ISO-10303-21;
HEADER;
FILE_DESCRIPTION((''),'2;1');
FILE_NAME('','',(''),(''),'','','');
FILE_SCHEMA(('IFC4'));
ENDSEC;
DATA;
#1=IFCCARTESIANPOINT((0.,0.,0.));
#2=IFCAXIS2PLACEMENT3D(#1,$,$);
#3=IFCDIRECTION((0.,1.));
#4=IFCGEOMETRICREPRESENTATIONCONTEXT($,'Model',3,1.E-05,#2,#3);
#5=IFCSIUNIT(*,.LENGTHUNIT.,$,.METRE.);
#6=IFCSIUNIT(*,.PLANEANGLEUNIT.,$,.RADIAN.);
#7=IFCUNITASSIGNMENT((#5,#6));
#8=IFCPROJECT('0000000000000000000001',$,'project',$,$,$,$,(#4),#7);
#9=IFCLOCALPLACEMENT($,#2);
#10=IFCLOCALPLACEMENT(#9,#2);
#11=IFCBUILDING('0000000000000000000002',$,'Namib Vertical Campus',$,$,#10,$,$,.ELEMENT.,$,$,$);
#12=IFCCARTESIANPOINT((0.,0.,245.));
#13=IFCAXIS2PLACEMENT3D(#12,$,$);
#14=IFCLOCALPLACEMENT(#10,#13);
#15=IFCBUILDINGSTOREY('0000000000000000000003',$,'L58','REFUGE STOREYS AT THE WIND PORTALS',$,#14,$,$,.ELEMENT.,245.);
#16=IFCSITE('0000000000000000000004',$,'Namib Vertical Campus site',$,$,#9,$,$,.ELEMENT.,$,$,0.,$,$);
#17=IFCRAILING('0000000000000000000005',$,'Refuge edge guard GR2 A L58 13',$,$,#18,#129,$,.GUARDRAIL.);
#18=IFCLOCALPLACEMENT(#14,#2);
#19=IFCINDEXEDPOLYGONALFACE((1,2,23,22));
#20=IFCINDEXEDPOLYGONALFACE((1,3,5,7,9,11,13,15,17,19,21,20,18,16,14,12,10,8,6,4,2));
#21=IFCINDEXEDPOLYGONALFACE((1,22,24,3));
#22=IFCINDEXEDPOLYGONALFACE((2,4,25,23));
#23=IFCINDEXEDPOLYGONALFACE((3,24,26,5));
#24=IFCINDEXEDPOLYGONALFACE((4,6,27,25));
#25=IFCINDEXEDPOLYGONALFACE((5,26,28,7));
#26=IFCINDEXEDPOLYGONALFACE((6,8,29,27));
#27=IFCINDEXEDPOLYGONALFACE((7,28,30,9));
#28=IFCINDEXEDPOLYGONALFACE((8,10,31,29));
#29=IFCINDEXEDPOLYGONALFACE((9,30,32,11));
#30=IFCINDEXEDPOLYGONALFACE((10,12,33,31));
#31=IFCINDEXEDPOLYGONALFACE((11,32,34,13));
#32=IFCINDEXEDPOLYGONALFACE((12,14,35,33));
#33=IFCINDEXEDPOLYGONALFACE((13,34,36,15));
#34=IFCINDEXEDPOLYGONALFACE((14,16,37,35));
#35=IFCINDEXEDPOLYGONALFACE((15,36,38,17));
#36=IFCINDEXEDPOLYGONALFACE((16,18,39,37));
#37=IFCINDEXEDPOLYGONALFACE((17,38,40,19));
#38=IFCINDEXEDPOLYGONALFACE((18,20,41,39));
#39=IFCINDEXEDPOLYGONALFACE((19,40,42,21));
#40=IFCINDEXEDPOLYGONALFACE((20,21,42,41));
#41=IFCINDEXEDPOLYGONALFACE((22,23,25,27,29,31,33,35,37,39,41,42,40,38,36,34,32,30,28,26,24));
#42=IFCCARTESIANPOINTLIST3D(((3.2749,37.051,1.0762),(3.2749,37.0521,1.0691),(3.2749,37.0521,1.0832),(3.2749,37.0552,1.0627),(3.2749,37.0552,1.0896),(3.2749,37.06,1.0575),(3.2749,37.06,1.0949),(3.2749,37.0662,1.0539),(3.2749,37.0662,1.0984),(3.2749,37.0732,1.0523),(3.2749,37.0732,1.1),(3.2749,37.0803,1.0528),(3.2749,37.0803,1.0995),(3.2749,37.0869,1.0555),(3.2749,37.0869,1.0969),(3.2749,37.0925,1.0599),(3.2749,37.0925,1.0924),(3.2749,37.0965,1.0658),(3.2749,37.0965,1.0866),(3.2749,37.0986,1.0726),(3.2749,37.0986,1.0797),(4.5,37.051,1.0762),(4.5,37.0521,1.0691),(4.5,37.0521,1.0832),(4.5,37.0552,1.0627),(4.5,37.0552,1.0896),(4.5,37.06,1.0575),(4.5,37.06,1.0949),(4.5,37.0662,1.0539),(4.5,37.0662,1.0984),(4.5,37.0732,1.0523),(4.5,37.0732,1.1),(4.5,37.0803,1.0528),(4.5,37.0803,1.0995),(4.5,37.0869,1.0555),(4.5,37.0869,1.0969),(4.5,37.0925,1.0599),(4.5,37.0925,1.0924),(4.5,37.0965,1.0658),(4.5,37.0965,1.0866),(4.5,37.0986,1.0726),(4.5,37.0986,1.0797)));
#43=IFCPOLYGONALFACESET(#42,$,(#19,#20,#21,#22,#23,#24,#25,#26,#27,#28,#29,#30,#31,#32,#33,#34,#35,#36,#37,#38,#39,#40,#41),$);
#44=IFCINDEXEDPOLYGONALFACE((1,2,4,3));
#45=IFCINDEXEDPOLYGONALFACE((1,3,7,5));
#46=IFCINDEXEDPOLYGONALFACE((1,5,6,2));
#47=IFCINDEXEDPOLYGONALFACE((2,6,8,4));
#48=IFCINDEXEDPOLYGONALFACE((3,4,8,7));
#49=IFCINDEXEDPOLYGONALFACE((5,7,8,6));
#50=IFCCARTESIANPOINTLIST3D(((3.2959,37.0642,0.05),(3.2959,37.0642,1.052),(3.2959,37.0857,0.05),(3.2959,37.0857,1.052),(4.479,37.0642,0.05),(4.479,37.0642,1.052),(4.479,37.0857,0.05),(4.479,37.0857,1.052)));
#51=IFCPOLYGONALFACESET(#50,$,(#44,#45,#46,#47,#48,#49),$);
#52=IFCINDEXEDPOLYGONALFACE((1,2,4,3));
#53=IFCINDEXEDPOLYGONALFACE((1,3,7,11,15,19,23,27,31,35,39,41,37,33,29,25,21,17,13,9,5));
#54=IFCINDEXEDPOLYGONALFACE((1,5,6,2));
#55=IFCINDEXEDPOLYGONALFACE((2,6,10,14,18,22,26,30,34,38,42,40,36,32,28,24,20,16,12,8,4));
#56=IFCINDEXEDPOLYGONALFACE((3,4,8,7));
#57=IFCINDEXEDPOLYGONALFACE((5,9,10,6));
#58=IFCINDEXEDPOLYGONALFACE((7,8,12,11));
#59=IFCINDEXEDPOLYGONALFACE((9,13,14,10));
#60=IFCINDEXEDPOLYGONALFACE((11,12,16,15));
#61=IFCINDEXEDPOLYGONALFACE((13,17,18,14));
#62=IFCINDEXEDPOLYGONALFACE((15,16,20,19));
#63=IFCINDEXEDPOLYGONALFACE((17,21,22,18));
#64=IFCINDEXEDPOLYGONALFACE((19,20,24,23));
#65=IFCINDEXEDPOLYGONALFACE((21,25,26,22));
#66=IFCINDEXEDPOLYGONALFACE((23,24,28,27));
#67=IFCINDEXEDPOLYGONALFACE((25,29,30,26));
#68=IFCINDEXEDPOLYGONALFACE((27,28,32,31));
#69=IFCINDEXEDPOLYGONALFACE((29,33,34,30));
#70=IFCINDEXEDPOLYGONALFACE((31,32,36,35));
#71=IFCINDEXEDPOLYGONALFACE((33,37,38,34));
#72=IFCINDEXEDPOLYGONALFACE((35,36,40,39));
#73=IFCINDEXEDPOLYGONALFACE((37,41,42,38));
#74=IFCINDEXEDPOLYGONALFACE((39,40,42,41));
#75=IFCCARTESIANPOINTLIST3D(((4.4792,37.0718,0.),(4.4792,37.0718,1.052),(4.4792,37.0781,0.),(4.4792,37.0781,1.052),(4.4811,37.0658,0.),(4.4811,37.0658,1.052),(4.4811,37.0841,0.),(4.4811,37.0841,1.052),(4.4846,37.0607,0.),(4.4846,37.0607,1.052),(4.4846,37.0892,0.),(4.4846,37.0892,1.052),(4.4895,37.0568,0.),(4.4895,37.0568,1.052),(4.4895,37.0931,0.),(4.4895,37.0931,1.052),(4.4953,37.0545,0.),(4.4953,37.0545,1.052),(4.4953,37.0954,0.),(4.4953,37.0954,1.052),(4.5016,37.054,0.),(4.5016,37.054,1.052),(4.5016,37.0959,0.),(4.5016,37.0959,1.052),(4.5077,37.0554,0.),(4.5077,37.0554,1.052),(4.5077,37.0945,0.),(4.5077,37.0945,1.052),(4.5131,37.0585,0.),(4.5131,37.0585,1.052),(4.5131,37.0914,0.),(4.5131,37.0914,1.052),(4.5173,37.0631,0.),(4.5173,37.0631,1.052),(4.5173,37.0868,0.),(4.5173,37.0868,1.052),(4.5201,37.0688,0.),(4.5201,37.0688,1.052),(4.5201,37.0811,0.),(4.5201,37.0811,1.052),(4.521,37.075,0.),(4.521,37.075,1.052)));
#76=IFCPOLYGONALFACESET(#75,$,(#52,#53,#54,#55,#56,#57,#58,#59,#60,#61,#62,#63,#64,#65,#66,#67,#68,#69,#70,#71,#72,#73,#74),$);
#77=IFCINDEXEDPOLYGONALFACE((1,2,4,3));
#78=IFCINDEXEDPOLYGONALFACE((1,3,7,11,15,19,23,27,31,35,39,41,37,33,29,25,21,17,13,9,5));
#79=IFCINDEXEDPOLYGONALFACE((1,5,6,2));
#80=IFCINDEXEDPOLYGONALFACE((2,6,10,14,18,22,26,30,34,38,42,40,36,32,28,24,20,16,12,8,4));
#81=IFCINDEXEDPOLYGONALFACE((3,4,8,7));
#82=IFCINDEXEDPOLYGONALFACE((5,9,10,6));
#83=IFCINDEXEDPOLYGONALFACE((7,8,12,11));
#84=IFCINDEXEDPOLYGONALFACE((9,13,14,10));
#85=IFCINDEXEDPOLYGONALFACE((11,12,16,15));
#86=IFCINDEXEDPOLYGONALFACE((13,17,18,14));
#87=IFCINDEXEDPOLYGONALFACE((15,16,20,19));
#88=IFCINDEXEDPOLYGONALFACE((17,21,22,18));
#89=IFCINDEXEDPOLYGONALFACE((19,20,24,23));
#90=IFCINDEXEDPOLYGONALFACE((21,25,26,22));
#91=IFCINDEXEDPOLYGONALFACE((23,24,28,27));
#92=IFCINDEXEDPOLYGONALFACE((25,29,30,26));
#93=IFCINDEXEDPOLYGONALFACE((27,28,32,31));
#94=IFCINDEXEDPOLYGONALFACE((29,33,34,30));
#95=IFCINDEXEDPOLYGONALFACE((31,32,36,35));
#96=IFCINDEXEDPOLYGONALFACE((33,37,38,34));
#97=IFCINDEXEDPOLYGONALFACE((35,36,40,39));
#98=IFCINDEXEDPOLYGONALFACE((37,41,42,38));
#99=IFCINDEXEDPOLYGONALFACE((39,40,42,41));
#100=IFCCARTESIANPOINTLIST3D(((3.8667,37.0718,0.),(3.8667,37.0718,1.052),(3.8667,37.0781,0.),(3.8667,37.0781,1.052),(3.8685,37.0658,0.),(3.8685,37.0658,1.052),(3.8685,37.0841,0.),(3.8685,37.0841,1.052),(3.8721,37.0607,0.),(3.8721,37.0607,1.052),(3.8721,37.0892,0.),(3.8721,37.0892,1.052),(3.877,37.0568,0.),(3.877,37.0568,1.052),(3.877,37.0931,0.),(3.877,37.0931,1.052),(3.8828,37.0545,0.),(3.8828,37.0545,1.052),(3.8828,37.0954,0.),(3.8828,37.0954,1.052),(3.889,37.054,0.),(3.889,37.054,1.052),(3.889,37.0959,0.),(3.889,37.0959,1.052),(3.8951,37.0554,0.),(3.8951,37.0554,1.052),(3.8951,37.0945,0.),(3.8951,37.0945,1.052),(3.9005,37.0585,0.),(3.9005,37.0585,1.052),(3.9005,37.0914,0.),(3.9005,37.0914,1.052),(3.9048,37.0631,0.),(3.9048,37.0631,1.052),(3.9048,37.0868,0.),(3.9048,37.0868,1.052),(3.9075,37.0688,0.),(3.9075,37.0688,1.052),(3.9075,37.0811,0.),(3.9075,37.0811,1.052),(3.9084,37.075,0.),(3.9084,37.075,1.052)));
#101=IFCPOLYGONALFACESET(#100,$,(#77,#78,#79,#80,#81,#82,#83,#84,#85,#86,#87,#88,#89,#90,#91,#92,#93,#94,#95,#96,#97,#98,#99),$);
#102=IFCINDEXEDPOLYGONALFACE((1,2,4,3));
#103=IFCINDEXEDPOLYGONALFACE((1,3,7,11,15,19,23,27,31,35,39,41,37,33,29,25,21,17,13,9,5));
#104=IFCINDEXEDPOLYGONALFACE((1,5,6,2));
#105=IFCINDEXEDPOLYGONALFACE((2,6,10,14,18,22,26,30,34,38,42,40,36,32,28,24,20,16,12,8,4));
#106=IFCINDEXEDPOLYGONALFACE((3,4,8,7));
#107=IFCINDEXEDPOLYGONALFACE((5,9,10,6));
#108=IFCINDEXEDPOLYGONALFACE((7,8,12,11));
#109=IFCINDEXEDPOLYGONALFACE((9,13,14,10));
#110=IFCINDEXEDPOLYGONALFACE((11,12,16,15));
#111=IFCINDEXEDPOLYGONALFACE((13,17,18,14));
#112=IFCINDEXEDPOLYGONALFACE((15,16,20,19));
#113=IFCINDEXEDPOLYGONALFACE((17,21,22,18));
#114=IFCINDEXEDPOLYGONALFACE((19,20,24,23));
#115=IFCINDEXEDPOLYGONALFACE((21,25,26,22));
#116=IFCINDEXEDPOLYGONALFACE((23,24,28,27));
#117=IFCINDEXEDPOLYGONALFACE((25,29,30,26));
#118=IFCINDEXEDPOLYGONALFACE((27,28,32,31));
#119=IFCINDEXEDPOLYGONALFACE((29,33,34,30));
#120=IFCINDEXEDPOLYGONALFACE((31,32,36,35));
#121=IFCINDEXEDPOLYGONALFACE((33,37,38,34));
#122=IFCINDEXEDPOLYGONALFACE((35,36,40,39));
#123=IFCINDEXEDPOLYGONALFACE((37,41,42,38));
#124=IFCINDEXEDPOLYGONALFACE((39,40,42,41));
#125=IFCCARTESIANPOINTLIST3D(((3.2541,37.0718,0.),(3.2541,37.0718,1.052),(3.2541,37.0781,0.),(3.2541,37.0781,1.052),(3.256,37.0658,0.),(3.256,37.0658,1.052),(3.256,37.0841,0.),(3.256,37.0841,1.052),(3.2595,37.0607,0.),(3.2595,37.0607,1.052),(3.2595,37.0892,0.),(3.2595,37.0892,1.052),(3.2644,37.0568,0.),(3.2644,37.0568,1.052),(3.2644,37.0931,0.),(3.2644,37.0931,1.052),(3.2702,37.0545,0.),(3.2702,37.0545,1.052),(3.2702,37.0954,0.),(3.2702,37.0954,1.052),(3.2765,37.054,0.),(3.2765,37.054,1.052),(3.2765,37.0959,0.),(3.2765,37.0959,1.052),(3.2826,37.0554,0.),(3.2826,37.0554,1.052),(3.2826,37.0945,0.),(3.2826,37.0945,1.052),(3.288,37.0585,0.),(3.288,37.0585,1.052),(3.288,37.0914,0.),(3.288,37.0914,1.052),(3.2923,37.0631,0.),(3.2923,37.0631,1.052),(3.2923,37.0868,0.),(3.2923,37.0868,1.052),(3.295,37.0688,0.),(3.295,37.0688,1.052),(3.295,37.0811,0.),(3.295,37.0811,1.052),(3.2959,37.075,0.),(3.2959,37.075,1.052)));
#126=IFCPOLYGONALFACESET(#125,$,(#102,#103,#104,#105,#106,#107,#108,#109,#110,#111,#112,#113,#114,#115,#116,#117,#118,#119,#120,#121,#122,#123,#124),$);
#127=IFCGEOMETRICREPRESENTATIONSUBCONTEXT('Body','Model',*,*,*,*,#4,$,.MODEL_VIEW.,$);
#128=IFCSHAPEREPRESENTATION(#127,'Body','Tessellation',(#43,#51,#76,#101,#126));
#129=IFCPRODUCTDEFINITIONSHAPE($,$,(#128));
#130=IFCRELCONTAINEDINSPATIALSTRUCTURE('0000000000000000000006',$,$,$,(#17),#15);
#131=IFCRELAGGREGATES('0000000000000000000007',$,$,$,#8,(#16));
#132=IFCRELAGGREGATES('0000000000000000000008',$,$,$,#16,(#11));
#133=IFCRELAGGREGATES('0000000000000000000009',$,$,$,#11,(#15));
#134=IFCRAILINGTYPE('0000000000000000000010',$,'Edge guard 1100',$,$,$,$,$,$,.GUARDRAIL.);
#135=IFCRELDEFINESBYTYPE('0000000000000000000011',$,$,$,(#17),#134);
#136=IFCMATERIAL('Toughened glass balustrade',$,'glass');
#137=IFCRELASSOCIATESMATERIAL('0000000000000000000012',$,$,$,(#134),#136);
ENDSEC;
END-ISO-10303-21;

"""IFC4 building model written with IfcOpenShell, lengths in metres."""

from ifc_helpers import new_model, si_unit, direction, frame, origin, origin_2d, place, context, subcontext, project, spatial, polyline, circle, outline, extrude, material, type_object, element, save


model = new_model("IFC4")

# Units and contexts
model_context = context("Model", 3, precision=1e-05, world=origin(), true_north=direction((0.0, 1.0)))
body_context = subcontext(model_context, "Body", "Model", "MODEL_VIEW")
ifc_project = project(units=[si_unit("LENGTHUNIT", "METRE"), si_unit("PLANEANGLEUNIT", "RADIAN")], contexts=[model_context])

# Site, building, storey
site_placement = place(None, origin())
site = spatial("IfcSite", under=ifc_project, at=site_placement, Name="Namib Vertical Campus site", CompositionType="ELEMENT", RefElevation=0.0)
building_placement = place(site_placement, origin())
building = spatial("IfcBuilding", under=site, at=building_placement, Name="Namib Vertical Campus", CompositionType="ELEMENT")
storey_placement = place(building_placement, frame((0.0, 0.0, 245.0)))
storey = spatial("IfcBuildingStorey", under=building, at=storey_placement, Name="L58", Description="REFUGE STOREYS AT THE WIND PORTALS", CompositionType="ELEMENT", Elevation=245.0)

# Railing
ifc_material_1 = material(Name="Toughened glass balustrade", Category="glass")
railing_type = type_object("IfcRailingType", Name="Edge guard 1100", PredefinedType="GUARDRAIL", material=ifc_material_1)
railing_1_placement = place(storey_placement, frame((4.5, 37.075, 0.0)))
element("IfcRailing", 1, at=railing_1_placement, inside=storey, type_object=railing_type, Name="Refuge edge guard GR2 A L58 13", PredefinedType="GUARDRAIL", context=body_context, shape_type="SweptSolid", body=[
    extrude(circle(Radius=0.0239, at=origin_2d()), frame((0.0, 0.0, 1.0762), z_axis=(-1.0, 0.0, 0.0), x_axis=(0.0, -1.0, 0.0)), (0.0, 0.0, 1.0), 1.2251),
    extrude(outline(polyline([(0.021, 0.05), (1.2041, 0.05), (1.2041, 1.052), (0.021, 1.052), (0.021, 0.05)])), frame((0.0, -0.0107, 0.0), z_axis=(0.0, 1.0, 0.0), x_axis=(-1.0, 0.0, 0.0)), (0.0, 0.0, 1.0), 0.0215),
    extrude(circle(Radius=0.021, at=origin_2d()), origin(), (0.0, 0.0, 1.0), 1.052),
    extrude(circle(Radius=0.021, at=origin_2d()), frame((-0.6125, 0.0, 0.0)), (0.0, 0.0, 1.0), 1.052),
    extrude(circle(Radius=0.021, at=origin_2d()), frame((-1.2251, 0.0, 0.0)), (0.0, 0.0, 1.0), 1.052),
])

save(model, "model.ifc")
